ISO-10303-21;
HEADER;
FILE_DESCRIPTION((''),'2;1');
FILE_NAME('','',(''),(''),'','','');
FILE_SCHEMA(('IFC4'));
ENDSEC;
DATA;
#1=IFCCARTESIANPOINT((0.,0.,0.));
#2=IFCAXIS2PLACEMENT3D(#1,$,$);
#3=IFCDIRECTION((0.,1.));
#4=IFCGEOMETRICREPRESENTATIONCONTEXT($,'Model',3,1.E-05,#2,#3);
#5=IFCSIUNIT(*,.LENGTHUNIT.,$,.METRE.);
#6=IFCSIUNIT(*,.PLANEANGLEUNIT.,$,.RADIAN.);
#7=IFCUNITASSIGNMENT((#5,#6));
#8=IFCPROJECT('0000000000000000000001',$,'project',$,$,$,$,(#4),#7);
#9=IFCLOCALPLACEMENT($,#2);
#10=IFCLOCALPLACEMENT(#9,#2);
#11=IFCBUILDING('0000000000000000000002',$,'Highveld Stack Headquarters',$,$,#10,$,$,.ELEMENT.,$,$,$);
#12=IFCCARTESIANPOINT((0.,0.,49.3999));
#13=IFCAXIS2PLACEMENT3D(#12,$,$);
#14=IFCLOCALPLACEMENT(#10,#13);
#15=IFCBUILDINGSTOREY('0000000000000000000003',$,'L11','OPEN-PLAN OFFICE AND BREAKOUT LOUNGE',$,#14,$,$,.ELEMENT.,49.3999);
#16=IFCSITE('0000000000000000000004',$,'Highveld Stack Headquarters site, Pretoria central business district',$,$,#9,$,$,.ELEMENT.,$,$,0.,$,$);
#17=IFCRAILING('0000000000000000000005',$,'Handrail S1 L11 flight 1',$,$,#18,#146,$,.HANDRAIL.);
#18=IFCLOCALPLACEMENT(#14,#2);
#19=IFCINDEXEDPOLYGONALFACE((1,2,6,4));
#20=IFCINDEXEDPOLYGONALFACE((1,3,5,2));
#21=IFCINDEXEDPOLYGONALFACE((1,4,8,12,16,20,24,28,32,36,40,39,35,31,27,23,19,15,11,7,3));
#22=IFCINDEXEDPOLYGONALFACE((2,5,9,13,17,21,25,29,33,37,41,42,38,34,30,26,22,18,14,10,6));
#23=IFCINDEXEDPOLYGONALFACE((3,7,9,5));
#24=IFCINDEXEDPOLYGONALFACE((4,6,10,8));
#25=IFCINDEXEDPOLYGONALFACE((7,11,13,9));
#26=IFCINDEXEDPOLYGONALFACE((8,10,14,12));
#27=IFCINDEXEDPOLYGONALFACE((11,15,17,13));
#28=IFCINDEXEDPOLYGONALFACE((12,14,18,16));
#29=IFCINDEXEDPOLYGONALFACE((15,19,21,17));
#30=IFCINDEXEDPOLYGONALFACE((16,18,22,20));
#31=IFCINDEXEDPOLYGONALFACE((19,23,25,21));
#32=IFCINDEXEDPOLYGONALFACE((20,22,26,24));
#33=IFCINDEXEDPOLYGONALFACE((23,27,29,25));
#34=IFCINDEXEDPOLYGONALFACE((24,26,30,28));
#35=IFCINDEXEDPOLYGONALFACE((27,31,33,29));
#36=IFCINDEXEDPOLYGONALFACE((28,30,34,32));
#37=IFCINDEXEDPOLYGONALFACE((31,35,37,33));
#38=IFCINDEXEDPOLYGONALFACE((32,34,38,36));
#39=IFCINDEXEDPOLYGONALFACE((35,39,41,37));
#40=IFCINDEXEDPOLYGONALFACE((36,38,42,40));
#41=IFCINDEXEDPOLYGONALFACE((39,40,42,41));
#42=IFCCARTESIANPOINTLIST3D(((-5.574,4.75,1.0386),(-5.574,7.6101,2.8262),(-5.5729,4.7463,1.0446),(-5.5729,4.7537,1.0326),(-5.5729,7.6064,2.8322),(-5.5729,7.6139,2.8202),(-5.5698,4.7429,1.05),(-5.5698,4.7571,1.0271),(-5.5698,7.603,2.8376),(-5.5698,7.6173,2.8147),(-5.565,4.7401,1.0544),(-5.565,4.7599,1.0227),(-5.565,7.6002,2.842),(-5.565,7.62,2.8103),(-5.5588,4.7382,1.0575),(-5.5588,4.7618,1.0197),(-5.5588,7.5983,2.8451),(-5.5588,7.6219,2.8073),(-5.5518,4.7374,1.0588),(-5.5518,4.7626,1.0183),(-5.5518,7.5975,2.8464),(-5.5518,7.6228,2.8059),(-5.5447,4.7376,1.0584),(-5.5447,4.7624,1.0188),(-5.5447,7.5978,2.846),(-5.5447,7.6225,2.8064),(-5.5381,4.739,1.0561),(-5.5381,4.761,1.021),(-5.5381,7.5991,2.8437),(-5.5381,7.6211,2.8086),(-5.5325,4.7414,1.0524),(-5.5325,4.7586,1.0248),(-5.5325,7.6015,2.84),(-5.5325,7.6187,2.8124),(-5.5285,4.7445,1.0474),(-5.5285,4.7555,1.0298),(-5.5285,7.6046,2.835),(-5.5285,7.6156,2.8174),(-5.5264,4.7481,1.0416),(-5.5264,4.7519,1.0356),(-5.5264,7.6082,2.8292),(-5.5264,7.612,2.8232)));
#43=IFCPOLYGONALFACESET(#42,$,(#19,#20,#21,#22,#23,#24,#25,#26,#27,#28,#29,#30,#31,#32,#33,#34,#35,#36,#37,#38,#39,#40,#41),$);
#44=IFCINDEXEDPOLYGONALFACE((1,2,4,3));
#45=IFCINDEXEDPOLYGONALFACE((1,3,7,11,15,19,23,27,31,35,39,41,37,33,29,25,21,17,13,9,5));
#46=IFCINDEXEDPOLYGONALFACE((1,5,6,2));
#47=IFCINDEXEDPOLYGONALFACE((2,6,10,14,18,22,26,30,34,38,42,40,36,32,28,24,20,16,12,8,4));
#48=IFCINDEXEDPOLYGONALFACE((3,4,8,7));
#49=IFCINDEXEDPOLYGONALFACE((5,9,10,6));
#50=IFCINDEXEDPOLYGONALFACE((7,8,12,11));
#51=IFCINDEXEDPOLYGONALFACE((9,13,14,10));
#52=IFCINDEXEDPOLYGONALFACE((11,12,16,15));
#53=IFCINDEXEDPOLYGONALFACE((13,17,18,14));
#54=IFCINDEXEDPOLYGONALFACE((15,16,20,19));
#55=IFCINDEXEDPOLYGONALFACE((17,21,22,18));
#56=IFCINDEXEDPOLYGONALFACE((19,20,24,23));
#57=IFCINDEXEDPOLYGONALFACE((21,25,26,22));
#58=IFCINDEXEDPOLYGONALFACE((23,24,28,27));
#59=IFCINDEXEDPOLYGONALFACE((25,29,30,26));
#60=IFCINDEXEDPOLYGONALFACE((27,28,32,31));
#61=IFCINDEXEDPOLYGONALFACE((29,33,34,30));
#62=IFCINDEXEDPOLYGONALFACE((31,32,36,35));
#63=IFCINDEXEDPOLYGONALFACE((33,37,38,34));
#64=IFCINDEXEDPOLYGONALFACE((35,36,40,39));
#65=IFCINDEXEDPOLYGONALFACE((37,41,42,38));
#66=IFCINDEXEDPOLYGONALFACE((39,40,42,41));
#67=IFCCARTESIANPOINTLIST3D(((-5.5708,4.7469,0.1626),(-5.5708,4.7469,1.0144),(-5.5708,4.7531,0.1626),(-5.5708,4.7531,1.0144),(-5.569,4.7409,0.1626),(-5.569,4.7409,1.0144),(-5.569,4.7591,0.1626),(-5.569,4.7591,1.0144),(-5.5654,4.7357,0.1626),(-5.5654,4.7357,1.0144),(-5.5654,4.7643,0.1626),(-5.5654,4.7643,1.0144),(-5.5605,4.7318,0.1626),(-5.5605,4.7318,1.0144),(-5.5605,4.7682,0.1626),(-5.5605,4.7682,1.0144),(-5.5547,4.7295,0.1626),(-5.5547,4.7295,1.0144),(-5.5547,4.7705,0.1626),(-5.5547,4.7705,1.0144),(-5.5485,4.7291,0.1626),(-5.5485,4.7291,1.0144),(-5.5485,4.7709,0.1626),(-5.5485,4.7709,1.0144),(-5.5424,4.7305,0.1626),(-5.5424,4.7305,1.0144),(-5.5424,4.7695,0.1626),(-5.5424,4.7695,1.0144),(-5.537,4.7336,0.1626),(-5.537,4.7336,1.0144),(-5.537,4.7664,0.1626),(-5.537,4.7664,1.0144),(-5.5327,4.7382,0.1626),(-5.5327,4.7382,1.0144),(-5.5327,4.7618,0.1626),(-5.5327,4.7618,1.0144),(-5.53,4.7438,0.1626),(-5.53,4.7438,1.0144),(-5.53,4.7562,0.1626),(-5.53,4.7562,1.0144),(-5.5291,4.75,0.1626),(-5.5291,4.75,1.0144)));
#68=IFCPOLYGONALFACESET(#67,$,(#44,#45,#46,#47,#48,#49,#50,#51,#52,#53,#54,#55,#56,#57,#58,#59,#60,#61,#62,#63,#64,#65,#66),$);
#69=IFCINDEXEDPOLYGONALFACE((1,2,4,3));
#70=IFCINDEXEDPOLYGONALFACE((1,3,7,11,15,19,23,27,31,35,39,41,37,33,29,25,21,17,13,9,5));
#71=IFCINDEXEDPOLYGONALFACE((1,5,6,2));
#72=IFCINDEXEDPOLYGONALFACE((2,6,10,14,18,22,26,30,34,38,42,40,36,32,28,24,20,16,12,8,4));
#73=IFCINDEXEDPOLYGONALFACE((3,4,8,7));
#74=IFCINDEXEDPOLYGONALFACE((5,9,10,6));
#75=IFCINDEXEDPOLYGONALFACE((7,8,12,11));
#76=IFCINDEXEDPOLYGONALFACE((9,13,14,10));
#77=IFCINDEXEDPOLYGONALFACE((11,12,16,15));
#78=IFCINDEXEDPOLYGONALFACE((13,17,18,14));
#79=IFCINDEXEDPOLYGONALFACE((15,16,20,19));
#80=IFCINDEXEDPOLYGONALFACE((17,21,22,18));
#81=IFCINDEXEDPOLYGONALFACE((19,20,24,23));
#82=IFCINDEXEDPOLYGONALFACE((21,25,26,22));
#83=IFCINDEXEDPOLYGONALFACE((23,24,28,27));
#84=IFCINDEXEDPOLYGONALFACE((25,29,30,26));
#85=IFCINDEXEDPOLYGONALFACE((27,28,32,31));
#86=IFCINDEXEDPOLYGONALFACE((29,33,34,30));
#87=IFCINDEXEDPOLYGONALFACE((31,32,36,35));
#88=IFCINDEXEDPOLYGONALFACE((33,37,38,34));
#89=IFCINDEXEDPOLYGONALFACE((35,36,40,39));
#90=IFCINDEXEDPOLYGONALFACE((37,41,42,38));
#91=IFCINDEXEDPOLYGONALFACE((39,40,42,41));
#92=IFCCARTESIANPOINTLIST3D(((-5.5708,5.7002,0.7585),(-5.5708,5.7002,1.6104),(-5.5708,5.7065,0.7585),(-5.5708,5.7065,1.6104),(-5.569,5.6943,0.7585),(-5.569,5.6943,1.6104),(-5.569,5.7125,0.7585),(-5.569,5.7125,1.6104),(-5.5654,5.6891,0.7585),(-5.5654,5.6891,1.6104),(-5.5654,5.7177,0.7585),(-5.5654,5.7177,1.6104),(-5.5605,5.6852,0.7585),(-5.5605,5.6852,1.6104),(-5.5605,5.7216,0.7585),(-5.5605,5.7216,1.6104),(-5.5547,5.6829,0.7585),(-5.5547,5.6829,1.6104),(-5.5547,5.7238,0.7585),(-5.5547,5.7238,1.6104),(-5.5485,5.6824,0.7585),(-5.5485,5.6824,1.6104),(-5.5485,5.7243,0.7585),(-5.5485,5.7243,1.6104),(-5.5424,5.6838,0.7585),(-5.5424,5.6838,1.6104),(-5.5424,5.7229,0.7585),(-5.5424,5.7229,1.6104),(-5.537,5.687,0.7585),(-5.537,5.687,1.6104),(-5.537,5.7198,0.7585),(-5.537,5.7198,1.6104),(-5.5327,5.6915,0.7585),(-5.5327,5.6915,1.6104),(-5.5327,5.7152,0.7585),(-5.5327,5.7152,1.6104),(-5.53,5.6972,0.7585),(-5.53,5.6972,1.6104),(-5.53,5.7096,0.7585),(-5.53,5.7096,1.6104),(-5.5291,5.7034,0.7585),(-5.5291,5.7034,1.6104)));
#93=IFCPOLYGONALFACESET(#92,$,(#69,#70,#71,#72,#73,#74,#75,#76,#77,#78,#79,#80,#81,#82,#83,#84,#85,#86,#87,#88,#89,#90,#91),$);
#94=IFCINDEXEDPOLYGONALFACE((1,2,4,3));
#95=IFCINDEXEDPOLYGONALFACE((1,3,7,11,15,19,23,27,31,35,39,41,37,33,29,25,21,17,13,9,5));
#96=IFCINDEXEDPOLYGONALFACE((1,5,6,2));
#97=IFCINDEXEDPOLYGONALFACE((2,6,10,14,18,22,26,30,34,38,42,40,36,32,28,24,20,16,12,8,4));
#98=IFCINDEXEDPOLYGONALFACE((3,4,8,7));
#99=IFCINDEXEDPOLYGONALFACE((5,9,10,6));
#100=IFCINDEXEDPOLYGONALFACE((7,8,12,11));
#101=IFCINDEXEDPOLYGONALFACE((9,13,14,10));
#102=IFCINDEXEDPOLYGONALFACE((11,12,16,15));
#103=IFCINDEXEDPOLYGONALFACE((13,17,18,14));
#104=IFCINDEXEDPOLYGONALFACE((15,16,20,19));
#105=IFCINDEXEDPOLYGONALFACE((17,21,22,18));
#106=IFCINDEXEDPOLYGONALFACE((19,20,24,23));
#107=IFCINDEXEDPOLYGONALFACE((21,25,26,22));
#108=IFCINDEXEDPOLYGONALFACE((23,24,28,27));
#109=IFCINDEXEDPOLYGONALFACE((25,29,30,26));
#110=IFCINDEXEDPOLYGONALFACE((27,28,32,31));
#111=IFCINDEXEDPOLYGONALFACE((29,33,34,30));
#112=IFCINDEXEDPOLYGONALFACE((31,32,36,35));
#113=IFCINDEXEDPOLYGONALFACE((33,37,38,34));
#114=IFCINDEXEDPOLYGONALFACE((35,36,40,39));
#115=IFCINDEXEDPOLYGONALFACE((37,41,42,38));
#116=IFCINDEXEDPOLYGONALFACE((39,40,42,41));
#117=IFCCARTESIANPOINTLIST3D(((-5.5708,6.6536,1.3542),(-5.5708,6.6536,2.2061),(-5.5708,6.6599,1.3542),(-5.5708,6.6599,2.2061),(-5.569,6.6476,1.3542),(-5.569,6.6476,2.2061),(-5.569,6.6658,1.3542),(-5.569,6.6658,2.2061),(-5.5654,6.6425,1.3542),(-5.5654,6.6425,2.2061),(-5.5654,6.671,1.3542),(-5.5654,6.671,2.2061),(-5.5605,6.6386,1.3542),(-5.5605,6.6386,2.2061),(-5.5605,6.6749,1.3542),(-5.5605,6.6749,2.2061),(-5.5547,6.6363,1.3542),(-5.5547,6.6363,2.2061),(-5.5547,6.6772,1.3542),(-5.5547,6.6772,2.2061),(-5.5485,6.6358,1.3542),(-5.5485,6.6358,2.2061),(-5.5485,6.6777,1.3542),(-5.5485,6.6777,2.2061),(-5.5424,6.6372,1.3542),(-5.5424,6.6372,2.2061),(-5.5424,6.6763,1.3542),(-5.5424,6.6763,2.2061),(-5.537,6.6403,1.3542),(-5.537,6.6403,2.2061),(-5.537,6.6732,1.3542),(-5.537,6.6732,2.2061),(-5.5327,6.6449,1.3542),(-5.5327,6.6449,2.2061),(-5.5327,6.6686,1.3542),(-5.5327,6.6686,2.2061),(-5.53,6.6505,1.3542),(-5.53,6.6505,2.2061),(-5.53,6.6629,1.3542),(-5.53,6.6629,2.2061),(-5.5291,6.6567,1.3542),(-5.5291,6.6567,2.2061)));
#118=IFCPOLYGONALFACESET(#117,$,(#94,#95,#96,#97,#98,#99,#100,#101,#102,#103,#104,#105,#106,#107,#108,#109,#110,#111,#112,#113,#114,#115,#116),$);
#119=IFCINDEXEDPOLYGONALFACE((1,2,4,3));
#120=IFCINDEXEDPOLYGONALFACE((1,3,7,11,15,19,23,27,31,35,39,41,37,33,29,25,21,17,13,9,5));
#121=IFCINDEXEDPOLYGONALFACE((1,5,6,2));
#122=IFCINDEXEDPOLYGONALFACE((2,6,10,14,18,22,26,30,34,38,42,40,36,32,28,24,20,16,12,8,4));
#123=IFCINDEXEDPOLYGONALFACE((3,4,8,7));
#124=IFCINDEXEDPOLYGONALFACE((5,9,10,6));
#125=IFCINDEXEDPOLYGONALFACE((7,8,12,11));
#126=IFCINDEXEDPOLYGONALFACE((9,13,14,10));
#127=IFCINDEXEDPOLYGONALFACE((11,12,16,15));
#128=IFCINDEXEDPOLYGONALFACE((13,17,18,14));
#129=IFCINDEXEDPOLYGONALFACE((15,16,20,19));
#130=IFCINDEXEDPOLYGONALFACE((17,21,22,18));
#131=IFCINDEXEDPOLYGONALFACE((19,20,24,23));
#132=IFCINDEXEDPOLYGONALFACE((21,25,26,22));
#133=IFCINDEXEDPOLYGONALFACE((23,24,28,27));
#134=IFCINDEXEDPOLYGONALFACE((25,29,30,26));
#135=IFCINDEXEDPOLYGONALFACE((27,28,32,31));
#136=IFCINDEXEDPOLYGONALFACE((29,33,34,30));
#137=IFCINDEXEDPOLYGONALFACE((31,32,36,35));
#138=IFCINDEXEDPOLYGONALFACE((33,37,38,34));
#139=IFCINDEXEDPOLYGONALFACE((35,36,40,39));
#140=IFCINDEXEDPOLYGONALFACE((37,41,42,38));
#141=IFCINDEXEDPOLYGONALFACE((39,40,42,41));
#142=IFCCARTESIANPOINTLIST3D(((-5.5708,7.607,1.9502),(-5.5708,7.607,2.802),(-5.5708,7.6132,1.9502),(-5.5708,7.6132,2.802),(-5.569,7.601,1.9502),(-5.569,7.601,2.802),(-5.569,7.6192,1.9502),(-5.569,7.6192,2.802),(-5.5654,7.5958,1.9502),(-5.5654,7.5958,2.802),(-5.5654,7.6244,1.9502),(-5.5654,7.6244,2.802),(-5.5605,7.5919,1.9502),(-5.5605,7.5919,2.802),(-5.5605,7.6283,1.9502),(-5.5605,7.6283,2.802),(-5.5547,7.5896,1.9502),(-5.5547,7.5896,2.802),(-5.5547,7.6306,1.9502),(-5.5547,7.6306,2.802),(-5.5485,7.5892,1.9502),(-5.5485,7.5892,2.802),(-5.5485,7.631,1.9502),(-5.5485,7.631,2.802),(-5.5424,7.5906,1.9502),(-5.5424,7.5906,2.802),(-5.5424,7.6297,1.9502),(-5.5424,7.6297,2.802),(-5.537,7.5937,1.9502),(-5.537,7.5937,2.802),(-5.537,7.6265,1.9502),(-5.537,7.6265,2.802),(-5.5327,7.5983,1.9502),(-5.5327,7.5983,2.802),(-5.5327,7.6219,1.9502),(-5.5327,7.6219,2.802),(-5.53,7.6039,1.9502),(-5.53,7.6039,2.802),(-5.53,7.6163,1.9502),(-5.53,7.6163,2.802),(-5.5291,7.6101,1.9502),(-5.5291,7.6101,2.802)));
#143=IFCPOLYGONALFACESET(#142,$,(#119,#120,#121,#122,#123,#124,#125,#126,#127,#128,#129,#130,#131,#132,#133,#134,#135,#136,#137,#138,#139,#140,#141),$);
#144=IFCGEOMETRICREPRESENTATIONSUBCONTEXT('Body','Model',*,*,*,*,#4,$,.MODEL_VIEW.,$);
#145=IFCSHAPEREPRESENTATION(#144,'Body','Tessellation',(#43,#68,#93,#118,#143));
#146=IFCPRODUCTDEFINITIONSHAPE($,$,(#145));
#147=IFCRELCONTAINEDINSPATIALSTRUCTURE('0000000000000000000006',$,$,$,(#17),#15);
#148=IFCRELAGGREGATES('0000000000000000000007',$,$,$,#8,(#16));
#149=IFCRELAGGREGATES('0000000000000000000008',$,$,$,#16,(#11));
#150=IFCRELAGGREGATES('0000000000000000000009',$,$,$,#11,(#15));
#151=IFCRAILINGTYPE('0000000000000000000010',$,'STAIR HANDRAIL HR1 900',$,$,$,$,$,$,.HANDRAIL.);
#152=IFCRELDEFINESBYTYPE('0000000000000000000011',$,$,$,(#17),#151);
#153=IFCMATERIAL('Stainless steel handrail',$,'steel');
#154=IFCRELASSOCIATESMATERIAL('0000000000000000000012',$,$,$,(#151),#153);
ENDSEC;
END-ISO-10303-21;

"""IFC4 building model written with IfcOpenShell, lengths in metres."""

from ifc_helpers import new_model, si_unit, direction, frame, origin, origin_2d, place, context, subcontext, project, spatial, circle, extrude, material, type_object, element, save


model = new_model("IFC4")

# Units and contexts
model_context = context("Model", 3, precision=1e-05, world=origin(), true_north=direction((0.0, 1.0)))
body_context = subcontext(model_context, "Body", "Model", "MODEL_VIEW")
ifc_project = project(units=[si_unit("LENGTHUNIT", "METRE"), si_unit("PLANEANGLEUNIT", "RADIAN")], contexts=[model_context])

# Site, building, storey
site_placement = place(None, origin())
site = spatial("IfcSite", under=ifc_project, at=site_placement, Name="Highveld Stack Headquarters site, Pretoria central business district", CompositionType="ELEMENT", RefElevation=0.0)
building_placement = place(site_placement, origin())
building = spatial("IfcBuilding", under=site, at=building_placement, Name="Highveld Stack Headquarters", CompositionType="ELEMENT")
storey_placement = place(building_placement, frame((0.0, 0.0, 49.3999)))
storey = spatial("IfcBuildingStorey", under=building, at=storey_placement, Name="L11", Description="OPEN-PLAN OFFICE AND BREAKOUT LOUNGE", CompositionType="ELEMENT", Elevation=49.3999)

# Railing
ifc_material_1 = material(Name="Stainless steel handrail", Category="steel")
railing_type = type_object("IfcRailingType", Name="STAIR HANDRAIL HR1 900", PredefinedType="HANDRAIL", material=ifc_material_1)
for number, where, name in (
    (1, (-5.55, 4.75, 0.1626), "Handrail S1 L11 flight 1"),
):
    element("IfcRailing", number, at=place(storey_placement, frame(where)), inside=storey, type_object=railing_type, Name=name, PredefinedType="HANDRAIL", context=body_context, shape_type="SweptSolid", body=[
        extrude(circle(Radius=0.0239, at=origin_2d()), frame((0.0, 0.0, 0.876), z_axis=(0.0, 0.847994, 0.530005), x_axis=(-1.0, 0.0, 0.0)), (0.0, 0.0, 1.0), 3.3728),
        extrude(circle(Radius=0.021, at=origin_2d()), origin(), (0.0, 0.0, 1.0), 0.8518),
        extrude(circle(Radius=0.021, at=origin_2d()), frame((0.0, 0.9534, 0.5959)), (0.0, 0.0, 1.0), 0.8518),
        extrude(circle(Radius=0.021, at=origin_2d()), frame((0.0, 1.9067, 1.1917)), (0.0, 0.0, 1.0), 0.8518),
        extrude(circle(Radius=0.021, at=origin_2d()), frame((0.0, 2.8601, 1.7876)), (0.0, 0.0, 1.0), 0.8518),
    ])

save(model, "model.ifc")
